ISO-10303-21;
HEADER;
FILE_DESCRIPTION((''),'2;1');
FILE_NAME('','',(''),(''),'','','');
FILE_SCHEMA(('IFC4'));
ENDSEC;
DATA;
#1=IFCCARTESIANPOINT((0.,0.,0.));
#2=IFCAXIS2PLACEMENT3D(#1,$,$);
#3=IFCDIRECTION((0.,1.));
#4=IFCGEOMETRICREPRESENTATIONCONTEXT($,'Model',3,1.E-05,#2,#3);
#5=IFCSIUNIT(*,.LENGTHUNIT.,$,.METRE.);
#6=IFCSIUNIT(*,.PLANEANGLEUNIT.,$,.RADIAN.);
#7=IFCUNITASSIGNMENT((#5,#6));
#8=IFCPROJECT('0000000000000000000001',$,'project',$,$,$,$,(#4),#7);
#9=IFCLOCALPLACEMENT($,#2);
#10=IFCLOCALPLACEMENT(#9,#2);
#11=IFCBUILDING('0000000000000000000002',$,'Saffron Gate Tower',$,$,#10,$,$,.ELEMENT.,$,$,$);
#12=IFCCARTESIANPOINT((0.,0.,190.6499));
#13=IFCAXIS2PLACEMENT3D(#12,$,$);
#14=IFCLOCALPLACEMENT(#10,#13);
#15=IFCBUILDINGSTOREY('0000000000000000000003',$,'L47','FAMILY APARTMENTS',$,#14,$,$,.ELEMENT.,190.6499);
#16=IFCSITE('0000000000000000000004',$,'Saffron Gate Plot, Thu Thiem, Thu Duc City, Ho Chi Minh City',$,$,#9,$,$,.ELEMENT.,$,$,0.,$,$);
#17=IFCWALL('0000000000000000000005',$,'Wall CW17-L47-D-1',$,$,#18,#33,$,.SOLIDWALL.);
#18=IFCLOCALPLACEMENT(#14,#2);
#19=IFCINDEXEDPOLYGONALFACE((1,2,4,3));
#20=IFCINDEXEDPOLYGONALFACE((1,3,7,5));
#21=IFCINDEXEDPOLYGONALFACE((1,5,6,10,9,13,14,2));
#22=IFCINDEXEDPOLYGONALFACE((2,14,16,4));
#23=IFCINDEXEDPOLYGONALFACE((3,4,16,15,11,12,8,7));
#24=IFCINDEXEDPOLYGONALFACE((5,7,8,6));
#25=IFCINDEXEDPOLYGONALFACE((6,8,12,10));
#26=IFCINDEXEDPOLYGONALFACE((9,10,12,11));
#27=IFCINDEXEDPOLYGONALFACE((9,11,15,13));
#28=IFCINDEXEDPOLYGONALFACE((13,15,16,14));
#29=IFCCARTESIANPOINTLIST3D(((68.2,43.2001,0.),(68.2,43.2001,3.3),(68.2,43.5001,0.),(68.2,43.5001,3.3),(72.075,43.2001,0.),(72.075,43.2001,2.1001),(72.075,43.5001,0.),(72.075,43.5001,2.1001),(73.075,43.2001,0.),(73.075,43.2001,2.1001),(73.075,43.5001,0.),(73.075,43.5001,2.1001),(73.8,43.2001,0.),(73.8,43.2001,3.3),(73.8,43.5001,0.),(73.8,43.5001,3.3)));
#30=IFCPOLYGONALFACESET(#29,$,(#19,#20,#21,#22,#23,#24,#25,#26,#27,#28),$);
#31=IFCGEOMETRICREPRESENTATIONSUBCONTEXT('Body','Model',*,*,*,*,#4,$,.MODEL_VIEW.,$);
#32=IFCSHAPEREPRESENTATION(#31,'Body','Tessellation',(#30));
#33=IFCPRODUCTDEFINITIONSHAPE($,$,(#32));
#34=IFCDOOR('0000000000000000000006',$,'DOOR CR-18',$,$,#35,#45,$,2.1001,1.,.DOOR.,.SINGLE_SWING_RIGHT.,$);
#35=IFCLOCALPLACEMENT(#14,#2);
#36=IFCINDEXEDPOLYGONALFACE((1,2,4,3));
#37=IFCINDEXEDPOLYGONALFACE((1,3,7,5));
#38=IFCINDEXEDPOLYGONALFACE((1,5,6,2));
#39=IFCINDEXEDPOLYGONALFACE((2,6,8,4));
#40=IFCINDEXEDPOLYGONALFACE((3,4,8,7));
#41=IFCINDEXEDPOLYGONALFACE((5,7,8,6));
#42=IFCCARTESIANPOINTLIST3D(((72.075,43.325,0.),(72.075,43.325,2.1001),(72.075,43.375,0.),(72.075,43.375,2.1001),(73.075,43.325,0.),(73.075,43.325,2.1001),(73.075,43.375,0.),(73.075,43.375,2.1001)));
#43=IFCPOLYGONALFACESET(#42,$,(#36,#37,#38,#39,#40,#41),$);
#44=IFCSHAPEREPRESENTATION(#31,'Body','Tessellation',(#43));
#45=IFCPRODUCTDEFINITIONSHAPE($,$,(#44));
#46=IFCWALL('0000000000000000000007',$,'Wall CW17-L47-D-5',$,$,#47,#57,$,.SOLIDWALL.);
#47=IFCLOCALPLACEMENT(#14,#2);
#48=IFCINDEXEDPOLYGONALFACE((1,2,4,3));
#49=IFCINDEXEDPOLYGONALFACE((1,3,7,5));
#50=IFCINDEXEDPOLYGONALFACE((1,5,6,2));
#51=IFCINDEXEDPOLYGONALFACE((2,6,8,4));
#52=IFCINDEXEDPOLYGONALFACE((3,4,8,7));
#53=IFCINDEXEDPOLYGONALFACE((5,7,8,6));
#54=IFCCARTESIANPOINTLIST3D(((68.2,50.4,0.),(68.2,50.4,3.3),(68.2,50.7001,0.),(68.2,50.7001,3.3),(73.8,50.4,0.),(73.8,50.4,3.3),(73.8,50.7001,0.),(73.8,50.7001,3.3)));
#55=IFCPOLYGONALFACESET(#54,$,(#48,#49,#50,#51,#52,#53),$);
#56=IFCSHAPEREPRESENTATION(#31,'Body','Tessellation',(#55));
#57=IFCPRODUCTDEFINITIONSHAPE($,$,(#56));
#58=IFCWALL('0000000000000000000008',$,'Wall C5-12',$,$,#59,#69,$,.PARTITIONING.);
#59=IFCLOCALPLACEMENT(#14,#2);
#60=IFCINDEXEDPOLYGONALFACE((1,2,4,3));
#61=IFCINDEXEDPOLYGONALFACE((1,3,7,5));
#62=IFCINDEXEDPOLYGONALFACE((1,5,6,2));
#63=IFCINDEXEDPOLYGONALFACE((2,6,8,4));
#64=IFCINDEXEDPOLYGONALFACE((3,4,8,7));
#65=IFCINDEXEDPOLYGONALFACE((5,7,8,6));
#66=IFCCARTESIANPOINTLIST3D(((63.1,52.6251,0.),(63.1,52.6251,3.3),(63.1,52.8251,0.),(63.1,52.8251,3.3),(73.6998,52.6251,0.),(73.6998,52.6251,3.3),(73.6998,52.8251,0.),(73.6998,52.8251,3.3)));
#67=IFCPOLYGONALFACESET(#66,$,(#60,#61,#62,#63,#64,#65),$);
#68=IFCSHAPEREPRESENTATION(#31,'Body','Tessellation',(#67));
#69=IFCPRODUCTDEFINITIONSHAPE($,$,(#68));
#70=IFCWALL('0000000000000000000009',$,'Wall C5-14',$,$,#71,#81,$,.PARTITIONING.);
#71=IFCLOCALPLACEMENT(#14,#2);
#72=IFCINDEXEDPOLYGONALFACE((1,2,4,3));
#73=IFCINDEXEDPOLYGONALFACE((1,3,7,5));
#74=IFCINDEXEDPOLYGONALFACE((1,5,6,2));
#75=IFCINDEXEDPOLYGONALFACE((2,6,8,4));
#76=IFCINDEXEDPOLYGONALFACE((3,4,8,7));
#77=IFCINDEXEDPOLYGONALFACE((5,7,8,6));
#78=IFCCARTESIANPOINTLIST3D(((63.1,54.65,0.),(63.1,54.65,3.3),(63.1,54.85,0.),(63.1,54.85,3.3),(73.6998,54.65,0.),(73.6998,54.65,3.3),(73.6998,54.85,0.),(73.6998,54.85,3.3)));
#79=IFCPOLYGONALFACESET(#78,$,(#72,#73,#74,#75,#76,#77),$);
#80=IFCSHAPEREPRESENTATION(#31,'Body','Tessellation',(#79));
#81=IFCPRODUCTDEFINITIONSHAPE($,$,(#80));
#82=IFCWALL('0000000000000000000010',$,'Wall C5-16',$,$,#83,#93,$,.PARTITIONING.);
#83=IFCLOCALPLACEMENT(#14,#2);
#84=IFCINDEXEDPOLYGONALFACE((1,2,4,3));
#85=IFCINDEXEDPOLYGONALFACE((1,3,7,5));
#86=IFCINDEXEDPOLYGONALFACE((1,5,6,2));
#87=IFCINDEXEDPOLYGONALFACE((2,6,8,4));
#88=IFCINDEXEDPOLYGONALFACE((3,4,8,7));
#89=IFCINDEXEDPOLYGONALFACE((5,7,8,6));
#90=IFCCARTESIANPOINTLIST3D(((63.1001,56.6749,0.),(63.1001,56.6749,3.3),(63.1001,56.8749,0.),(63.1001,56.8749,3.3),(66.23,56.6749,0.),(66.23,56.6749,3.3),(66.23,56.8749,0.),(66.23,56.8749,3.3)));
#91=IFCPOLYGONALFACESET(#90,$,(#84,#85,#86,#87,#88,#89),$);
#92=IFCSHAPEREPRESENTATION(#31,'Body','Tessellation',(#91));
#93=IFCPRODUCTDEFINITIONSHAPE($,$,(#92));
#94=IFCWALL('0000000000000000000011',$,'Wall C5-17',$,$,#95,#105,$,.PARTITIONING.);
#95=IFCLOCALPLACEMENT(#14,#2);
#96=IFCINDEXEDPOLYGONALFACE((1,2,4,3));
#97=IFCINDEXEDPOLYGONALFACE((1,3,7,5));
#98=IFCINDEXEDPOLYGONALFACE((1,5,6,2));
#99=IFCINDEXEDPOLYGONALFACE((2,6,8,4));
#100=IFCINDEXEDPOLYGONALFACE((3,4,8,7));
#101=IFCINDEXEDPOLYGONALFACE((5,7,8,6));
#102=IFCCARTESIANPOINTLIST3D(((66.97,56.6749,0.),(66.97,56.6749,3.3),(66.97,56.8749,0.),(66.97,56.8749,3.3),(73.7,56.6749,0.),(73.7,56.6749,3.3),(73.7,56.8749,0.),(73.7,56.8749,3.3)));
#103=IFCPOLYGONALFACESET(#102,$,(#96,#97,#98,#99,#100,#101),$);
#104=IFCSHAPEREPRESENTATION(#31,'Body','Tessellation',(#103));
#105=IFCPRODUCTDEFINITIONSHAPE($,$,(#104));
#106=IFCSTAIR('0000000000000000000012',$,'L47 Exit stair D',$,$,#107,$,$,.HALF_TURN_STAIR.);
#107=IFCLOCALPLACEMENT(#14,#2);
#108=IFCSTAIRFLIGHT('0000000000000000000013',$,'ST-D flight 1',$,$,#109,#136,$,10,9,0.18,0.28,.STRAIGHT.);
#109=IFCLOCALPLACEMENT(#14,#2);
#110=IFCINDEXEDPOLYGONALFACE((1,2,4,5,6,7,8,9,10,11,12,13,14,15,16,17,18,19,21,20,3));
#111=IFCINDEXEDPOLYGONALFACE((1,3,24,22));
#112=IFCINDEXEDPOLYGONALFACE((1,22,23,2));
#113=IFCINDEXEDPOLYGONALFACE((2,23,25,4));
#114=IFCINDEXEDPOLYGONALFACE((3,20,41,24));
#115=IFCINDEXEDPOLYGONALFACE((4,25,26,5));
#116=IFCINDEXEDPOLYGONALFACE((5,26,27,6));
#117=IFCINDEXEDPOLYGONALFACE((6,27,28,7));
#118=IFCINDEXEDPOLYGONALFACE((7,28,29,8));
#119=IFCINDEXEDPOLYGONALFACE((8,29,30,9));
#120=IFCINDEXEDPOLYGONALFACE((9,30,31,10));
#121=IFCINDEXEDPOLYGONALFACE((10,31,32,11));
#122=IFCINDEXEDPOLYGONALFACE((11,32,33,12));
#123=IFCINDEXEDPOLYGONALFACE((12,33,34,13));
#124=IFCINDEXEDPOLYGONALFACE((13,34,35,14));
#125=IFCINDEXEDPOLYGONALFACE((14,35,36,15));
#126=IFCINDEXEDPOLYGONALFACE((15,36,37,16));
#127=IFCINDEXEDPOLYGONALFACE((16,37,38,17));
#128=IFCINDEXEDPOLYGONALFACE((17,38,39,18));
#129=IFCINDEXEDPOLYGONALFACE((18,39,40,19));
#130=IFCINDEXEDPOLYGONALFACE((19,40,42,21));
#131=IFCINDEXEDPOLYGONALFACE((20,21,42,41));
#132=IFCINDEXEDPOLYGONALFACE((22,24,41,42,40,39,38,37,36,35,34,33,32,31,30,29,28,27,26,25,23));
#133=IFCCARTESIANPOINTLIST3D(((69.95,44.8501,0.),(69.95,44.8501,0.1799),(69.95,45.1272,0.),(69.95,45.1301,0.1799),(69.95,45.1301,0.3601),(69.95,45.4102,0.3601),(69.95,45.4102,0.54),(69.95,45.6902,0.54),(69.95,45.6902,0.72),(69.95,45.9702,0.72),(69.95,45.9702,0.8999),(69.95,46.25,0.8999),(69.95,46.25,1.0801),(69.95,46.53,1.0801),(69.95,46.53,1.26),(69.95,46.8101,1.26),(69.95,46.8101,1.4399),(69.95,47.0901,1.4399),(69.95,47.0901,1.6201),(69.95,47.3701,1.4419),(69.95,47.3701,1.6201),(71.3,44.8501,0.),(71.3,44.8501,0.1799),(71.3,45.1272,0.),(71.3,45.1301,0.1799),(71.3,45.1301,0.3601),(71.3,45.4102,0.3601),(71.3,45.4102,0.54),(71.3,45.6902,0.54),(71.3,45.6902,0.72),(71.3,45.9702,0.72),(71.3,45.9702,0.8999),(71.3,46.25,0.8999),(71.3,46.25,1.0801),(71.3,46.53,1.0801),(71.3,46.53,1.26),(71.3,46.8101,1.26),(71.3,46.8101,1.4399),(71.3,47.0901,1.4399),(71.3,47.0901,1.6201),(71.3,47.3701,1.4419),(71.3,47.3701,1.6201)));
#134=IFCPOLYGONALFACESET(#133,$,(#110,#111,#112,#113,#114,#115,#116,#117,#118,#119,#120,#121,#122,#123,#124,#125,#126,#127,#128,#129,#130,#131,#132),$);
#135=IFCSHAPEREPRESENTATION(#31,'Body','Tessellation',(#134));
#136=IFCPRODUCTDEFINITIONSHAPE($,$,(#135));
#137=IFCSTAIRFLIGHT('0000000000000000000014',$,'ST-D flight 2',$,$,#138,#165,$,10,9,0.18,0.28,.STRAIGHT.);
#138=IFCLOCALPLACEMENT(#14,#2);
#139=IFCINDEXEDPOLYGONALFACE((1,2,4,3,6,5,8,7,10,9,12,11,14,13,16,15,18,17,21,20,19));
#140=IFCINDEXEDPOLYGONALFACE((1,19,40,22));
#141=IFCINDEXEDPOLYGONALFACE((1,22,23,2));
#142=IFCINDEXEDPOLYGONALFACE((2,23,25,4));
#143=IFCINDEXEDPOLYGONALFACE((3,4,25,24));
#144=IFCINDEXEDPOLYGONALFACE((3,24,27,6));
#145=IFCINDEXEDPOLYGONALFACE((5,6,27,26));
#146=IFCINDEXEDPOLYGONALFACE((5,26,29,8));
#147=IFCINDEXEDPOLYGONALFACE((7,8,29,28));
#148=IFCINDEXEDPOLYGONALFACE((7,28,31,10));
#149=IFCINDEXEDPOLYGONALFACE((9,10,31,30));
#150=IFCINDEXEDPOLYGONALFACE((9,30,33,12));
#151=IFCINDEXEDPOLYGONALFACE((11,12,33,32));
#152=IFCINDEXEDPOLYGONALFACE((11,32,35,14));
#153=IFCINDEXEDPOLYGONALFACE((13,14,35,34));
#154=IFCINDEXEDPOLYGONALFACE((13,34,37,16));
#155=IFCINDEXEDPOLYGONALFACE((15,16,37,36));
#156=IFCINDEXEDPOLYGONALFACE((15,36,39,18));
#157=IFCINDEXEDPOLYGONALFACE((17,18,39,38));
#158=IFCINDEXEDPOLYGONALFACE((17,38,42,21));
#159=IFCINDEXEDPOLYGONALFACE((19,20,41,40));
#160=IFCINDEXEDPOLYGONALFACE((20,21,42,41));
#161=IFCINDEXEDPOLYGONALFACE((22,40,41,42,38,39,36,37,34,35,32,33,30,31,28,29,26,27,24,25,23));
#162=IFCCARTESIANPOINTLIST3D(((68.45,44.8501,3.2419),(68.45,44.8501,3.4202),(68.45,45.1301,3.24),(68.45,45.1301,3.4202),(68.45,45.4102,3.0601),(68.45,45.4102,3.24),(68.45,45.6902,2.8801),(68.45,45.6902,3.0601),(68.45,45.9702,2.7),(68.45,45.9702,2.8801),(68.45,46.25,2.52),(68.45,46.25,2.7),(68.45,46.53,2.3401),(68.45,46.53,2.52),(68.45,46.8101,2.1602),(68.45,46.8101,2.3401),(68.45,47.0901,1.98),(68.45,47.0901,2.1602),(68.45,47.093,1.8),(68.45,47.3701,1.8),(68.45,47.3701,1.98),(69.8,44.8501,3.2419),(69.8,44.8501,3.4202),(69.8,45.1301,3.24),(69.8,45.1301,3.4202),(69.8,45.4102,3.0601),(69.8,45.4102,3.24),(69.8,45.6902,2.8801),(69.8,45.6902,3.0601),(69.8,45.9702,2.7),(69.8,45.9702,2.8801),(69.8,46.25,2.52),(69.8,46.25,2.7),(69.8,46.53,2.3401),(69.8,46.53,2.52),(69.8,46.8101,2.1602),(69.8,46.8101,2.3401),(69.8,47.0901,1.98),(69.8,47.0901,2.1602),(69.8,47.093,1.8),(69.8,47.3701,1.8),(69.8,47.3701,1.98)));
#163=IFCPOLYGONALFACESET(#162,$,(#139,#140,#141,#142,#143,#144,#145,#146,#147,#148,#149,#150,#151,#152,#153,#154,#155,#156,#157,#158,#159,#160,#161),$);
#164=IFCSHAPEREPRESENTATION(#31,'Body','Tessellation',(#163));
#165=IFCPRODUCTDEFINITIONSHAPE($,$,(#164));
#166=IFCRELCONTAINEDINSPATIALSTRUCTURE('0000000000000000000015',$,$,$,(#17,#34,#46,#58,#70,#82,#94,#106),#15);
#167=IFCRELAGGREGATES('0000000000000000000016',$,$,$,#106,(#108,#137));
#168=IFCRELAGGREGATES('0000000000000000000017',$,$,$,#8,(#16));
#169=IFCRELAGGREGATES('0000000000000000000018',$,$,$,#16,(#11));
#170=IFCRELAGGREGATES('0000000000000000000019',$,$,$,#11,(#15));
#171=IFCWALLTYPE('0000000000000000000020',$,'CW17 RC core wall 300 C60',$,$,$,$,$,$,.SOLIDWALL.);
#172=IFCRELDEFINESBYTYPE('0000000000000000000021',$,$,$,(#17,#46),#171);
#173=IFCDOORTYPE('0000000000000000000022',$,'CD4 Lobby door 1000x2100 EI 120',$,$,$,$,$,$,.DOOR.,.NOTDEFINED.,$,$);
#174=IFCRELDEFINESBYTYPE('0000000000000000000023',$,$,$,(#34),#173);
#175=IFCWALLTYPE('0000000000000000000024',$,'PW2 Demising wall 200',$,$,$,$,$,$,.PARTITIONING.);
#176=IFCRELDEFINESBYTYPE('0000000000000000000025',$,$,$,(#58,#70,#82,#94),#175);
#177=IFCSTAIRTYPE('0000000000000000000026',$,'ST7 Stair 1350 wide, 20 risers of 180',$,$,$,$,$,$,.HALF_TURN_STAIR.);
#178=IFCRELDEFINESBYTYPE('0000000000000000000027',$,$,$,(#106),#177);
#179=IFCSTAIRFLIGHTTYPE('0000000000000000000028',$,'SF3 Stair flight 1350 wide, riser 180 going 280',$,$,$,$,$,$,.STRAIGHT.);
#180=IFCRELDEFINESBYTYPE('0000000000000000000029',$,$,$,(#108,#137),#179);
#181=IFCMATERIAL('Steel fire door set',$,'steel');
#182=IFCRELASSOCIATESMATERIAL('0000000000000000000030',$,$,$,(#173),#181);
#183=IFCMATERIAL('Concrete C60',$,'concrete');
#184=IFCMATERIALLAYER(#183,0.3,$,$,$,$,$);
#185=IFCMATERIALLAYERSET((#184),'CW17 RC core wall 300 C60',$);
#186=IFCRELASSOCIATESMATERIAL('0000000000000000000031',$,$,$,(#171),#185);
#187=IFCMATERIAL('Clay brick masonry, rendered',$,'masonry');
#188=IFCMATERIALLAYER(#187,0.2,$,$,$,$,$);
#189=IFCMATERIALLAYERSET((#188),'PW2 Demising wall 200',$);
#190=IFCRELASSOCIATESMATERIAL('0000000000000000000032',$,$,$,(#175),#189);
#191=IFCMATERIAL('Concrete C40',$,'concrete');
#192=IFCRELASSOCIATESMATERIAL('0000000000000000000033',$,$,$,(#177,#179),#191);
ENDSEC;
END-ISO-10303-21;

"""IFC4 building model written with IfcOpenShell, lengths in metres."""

from ifc_helpers import new_model, si_unit, direction, frame, frame_2d, origin, place, context, subcontext, project, spatial, polyline, rectangle, outline, extrude, material, layer, layer_set, type_object, element, fill, aggregate, save


model = new_model("IFC4")

# Units and contexts
model_context = context("Model", 3, precision=1e-05, world=origin(), true_north=direction((0.0, 1.0)))
body_context = subcontext(model_context, "Body", "Model", "MODEL_VIEW")
ifc_project = project(units=[si_unit("LENGTHUNIT", "METRE"), si_unit("PLANEANGLEUNIT", "RADIAN")], contexts=[model_context])

# Site, building, storey
site_placement = place(None, origin())
site = spatial("IfcSite", under=ifc_project, at=site_placement, Name="Saffron Gate Plot, Thu Thiem, Thu Duc City, Ho Chi Minh City", CompositionType="ELEMENT", RefElevation=0.0)
building_placement = place(site_placement, origin())
building = spatial("IfcBuilding", under=site, at=building_placement, Name="Saffron Gate Tower", CompositionType="ELEMENT")
storey_placement = place(building_placement, frame((0.0, 0.0, 190.6499)))
storey = spatial("IfcBuildingStorey", under=building, at=storey_placement, Name="L47", Description="FAMILY APARTMENTS", CompositionType="ELEMENT", Elevation=190.6499)

# Shared definitions
ifc_material_1 = material(Name="Steel fire door set", Category="steel")
door_type_1 = type_object("IfcDoorType", Name="CD4 Lobby door 1000x2100 EI 120", OperationType="NOTDEFINED", PredefinedType="DOOR", material=ifc_material_1)

# Shared definitions
ifc_material_2 = material(Name="Concrete C60", Category="concrete")

# Wall, opening, door
ifc_layer_1 = layer(ifc_material_2, 0.3)
ifc_layer_set_1 = layer_set([ifc_layer_1], Name="CW17 RC core wall 300 C60")
wall_type_1 = type_object("IfcWallType", Name="CW17 RC core wall 300 C60", PredefinedType="SOLIDWALL", material=ifc_layer_set_1)
wall_1_placement = place(storey_placement, frame((68.2, 43.3501, 0.0), z_axis=(0.0, 0.0, 1.0), x_axis=(1.0, 0.0, 0.0)))
wall_1 = element("IfcWall", 1, at=wall_1_placement, inside=storey, type_object=wall_type_1, Name="Wall CW17-L47-D-1", PredefinedType="SOLIDWALL", context=body_context, shape_type="SweptSolid", body=[
    extrude(rectangle(XDim=5.6001, YDim=0.3, at=frame_2d((2.8, 0.0))), origin(), (0.0, 0.0, 1.0), 3.3),
])
opening_1_placement = place(wall_1_placement, frame((3.875, 0.0, 0.0)))
opening_1 = element("IfcOpeningElement", 2, at=opening_1_placement, cuts=wall_1, PredefinedType="OPENING", context=body_context, shape_type="SweptSolid", body=[
    extrude(rectangle(XDim=1.0, YDim=2.1001, at=frame_2d((0.5, 1.05))), frame((0.0, 0.1602, 0.0), z_axis=(0.0, -1.0, 0.0), x_axis=(1.0, 0.0, 0.0)), (0.0, 0.0, 1.0), 0.3201),
])
door_1_placement = place(opening_1_placement, origin())
door_1 = element("IfcDoor", 3, at=door_1_placement, inside=storey, type_object=door_type_1, Name="DOOR CR-18", OperationType="SINGLE_SWING_RIGHT", OverallHeight=2.1001, OverallWidth=1.0, PredefinedType="DOOR", context=body_context, shape_type="SweptSolid", body=[
    extrude(rectangle(XDim=1.0, YDim=2.1001, at=frame_2d((0.5, 1.05))), frame((0.0, 0.0249, 0.0), z_axis=(0.0, -1.0, 0.0), x_axis=(1.0, 0.0, 0.0)), (0.0, 0.0, 1.0), 0.05),
])
fill(opening_1, door_1)

# Walls
wall_2_placement = place(storey_placement, frame((68.2, 50.55, 0.0), z_axis=(0.0, 0.0, 1.0), x_axis=(1.0, 0.0, 0.0)))
element("IfcWall", 4, at=wall_2_placement, inside=storey, type_object=wall_type_1, Name="Wall CW17-L47-D-5", PredefinedType="SOLIDWALL", context=body_context, shape_type="SweptSolid", body=[
    extrude(rectangle(XDim=5.6001, YDim=0.3, at=frame_2d((2.8, 0.0))), origin(), (0.0, 0.0, 1.0), 3.3),
])
ifc_material_3 = material(Name="Clay brick masonry, rendered", Category="masonry")
ifc_layer_2 = layer(ifc_material_3, 0.2)
ifc_layer_set_2 = layer_set([ifc_layer_2], Name="PW2 Demising wall 200")
wall_type_2 = type_object("IfcWallType", Name="PW2 Demising wall 200", PredefinedType="PARTITIONING", material=ifc_layer_set_2)
for number, where, z_axis, x_axis, name in (
    (5, (63.1001, 52.7251, 0.0), (0.0, 0.0, 1.0), (1.0, 0.0, 0.0), "Wall C5-12"),
    (6, (63.1001, 54.75, 0.0), (0.0, 0.0, 1.0), (1.0, 0.0, 0.0), "Wall C5-14"),
):
    element("IfcWall", number, at=place(storey_placement, frame(where, z_axis=z_axis, x_axis=x_axis)), inside=storey, type_object=wall_type_2, Name=name, PredefinedType="PARTITIONING", context=body_context, shape_type="SweptSolid", body=[
        extrude(rectangle(XDim=10.5999, YDim=0.2, at=frame_2d((5.2998, 0.0))), origin(), (0.0, 0.0, 1.0), 3.3),
    ])
wall_3_placement = place(storey_placement, frame((63.1001, 56.7749, 0.0), z_axis=(0.0, 0.0, 1.0), x_axis=(1.0, 0.0, 0.0)))
element("IfcWall", 7, at=wall_3_placement, inside=storey, type_object=wall_type_2, Name="Wall C5-16", PredefinedType="PARTITIONING", context=body_context, shape_type="SweptSolid", body=[
    extrude(rectangle(XDim=3.1299, YDim=0.2, at=frame_2d((1.5649, 0.0))), origin(), (0.0, 0.0, 1.0), 3.3),
])
wall_4_placement = place(storey_placement, frame((66.97, 56.7749, 0.0), z_axis=(0.0, 0.0, 1.0), x_axis=(1.0, 0.0, 0.0)))
element("IfcWall", 8, at=wall_4_placement, inside=storey, type_object=wall_type_2, Name="Wall C5-17", PredefinedType="PARTITIONING", context=body_context, shape_type="SweptSolid", body=[
    extrude(rectangle(XDim=6.73, YDim=0.2, at=frame_2d((3.365, 0.0))), origin(), (0.0, 0.0, 1.0), 3.3),
])

# Stair, stair flights
ifc_material_4 = material(Name="Concrete C40", Category="concrete")
stair_type = type_object("IfcStairType", Name="ST7 Stair 1350 wide, 20 risers of 180", PredefinedType="HALF_TURN_STAIR", material=ifc_material_4)
stair_placement = place(storey_placement, origin())
stair = element("IfcStair", 9, at=stair_placement, inside=storey, type_object=stair_type, Name="L47 Exit stair D", PredefinedType="HALF_TURN_STAIR")
stair_flight_type = type_object("IfcStairFlightType", Name="SF3 Stair flight 1350 wide, riser 180 going 280", PredefinedType="STRAIGHT", material=ifc_material_4)
stair_flight_1_placement = place(storey_placement, frame((70.625, 44.8501, 0.0), z_axis=(0.0, 0.0, 1.0), x_axis=(0.0, 1.0, 0.0)))
stair_flight_1 = element("IfcStairFlight", 10, at=stair_flight_1_placement, type_object=stair_flight_type, Name="ST-D flight 1", NumberOfRisers=10, NumberOfTreads=9, PredefinedType="STRAIGHT", RiserHeight=0.18, TreadLength=0.28, context=body_context, shape_type="SweptSolid", body=[
    extrude(outline(polyline([(0.0, 0.0), (0.0, 0.1799), (0.28, 0.1799), (0.28, 0.3601), (0.5601, 0.3601), (0.5601, 0.54), (0.8401, 0.54), (0.8401, 0.72), (1.1201, 0.72), (1.1201, 0.8999), (1.3999, 0.8999), (1.3999, 1.0801), (1.6799, 1.0801), (1.6799, 1.26), (1.96, 1.26), (1.96, 1.4399), (2.24, 1.4399), (2.24, 1.6201), (2.52, 1.6201), (2.52, 1.8), (2.52, 1.4419), (0.2771, 0.0), (0.0, 0.0)])), frame((0.0, 0.675, 0.0), z_axis=(0.0, -1.0, 0.0), x_axis=(1.0, 0.0, 0.0)), (0.0, 0.0, 1.0), 1.3501),
])
stair_flight_2_placement = place(storey_placement, frame((69.125, 47.3701, 1.8), z_axis=(0.0, 0.0, 1.0), x_axis=(0.0, -1.0, 0.0)))
stair_flight_2 = element("IfcStairFlight", 11, at=stair_flight_2_placement, type_object=stair_flight_type, Name="ST-D flight 2", NumberOfRisers=10, NumberOfTreads=9, PredefinedType="STRAIGHT", RiserHeight=0.18, TreadLength=0.28, context=body_context, shape_type="SweptSolid", body=[
    extrude(outline(polyline([(0.0, 0.0), (0.0, 0.1799), (0.28, 0.1799), (0.28, 0.3601), (0.5601, 0.3601), (0.5601, 0.54), (0.8401, 0.54), (0.8401, 0.72), (1.1201, 0.72), (1.1201, 0.8999), (1.3999, 0.8999), (1.3999, 1.0801), (1.6799, 1.0801), (1.6799, 1.26), (1.96, 1.26), (1.96, 1.4399), (2.24, 1.4399), (2.24, 1.6201), (2.52, 1.6201), (2.52, 1.8), (2.52, 1.4419), (0.2771, 0.0), (0.0, 0.0)])), frame((0.0, 0.675, 0.0), z_axis=(0.0, -1.0, 0.0), x_axis=(1.0, 0.0, 0.0)), (0.0, 0.0, 1.0), 1.3501),
])
aggregate(stair, [stair_flight_1, stair_flight_2])

save(model, "model.ifc")
